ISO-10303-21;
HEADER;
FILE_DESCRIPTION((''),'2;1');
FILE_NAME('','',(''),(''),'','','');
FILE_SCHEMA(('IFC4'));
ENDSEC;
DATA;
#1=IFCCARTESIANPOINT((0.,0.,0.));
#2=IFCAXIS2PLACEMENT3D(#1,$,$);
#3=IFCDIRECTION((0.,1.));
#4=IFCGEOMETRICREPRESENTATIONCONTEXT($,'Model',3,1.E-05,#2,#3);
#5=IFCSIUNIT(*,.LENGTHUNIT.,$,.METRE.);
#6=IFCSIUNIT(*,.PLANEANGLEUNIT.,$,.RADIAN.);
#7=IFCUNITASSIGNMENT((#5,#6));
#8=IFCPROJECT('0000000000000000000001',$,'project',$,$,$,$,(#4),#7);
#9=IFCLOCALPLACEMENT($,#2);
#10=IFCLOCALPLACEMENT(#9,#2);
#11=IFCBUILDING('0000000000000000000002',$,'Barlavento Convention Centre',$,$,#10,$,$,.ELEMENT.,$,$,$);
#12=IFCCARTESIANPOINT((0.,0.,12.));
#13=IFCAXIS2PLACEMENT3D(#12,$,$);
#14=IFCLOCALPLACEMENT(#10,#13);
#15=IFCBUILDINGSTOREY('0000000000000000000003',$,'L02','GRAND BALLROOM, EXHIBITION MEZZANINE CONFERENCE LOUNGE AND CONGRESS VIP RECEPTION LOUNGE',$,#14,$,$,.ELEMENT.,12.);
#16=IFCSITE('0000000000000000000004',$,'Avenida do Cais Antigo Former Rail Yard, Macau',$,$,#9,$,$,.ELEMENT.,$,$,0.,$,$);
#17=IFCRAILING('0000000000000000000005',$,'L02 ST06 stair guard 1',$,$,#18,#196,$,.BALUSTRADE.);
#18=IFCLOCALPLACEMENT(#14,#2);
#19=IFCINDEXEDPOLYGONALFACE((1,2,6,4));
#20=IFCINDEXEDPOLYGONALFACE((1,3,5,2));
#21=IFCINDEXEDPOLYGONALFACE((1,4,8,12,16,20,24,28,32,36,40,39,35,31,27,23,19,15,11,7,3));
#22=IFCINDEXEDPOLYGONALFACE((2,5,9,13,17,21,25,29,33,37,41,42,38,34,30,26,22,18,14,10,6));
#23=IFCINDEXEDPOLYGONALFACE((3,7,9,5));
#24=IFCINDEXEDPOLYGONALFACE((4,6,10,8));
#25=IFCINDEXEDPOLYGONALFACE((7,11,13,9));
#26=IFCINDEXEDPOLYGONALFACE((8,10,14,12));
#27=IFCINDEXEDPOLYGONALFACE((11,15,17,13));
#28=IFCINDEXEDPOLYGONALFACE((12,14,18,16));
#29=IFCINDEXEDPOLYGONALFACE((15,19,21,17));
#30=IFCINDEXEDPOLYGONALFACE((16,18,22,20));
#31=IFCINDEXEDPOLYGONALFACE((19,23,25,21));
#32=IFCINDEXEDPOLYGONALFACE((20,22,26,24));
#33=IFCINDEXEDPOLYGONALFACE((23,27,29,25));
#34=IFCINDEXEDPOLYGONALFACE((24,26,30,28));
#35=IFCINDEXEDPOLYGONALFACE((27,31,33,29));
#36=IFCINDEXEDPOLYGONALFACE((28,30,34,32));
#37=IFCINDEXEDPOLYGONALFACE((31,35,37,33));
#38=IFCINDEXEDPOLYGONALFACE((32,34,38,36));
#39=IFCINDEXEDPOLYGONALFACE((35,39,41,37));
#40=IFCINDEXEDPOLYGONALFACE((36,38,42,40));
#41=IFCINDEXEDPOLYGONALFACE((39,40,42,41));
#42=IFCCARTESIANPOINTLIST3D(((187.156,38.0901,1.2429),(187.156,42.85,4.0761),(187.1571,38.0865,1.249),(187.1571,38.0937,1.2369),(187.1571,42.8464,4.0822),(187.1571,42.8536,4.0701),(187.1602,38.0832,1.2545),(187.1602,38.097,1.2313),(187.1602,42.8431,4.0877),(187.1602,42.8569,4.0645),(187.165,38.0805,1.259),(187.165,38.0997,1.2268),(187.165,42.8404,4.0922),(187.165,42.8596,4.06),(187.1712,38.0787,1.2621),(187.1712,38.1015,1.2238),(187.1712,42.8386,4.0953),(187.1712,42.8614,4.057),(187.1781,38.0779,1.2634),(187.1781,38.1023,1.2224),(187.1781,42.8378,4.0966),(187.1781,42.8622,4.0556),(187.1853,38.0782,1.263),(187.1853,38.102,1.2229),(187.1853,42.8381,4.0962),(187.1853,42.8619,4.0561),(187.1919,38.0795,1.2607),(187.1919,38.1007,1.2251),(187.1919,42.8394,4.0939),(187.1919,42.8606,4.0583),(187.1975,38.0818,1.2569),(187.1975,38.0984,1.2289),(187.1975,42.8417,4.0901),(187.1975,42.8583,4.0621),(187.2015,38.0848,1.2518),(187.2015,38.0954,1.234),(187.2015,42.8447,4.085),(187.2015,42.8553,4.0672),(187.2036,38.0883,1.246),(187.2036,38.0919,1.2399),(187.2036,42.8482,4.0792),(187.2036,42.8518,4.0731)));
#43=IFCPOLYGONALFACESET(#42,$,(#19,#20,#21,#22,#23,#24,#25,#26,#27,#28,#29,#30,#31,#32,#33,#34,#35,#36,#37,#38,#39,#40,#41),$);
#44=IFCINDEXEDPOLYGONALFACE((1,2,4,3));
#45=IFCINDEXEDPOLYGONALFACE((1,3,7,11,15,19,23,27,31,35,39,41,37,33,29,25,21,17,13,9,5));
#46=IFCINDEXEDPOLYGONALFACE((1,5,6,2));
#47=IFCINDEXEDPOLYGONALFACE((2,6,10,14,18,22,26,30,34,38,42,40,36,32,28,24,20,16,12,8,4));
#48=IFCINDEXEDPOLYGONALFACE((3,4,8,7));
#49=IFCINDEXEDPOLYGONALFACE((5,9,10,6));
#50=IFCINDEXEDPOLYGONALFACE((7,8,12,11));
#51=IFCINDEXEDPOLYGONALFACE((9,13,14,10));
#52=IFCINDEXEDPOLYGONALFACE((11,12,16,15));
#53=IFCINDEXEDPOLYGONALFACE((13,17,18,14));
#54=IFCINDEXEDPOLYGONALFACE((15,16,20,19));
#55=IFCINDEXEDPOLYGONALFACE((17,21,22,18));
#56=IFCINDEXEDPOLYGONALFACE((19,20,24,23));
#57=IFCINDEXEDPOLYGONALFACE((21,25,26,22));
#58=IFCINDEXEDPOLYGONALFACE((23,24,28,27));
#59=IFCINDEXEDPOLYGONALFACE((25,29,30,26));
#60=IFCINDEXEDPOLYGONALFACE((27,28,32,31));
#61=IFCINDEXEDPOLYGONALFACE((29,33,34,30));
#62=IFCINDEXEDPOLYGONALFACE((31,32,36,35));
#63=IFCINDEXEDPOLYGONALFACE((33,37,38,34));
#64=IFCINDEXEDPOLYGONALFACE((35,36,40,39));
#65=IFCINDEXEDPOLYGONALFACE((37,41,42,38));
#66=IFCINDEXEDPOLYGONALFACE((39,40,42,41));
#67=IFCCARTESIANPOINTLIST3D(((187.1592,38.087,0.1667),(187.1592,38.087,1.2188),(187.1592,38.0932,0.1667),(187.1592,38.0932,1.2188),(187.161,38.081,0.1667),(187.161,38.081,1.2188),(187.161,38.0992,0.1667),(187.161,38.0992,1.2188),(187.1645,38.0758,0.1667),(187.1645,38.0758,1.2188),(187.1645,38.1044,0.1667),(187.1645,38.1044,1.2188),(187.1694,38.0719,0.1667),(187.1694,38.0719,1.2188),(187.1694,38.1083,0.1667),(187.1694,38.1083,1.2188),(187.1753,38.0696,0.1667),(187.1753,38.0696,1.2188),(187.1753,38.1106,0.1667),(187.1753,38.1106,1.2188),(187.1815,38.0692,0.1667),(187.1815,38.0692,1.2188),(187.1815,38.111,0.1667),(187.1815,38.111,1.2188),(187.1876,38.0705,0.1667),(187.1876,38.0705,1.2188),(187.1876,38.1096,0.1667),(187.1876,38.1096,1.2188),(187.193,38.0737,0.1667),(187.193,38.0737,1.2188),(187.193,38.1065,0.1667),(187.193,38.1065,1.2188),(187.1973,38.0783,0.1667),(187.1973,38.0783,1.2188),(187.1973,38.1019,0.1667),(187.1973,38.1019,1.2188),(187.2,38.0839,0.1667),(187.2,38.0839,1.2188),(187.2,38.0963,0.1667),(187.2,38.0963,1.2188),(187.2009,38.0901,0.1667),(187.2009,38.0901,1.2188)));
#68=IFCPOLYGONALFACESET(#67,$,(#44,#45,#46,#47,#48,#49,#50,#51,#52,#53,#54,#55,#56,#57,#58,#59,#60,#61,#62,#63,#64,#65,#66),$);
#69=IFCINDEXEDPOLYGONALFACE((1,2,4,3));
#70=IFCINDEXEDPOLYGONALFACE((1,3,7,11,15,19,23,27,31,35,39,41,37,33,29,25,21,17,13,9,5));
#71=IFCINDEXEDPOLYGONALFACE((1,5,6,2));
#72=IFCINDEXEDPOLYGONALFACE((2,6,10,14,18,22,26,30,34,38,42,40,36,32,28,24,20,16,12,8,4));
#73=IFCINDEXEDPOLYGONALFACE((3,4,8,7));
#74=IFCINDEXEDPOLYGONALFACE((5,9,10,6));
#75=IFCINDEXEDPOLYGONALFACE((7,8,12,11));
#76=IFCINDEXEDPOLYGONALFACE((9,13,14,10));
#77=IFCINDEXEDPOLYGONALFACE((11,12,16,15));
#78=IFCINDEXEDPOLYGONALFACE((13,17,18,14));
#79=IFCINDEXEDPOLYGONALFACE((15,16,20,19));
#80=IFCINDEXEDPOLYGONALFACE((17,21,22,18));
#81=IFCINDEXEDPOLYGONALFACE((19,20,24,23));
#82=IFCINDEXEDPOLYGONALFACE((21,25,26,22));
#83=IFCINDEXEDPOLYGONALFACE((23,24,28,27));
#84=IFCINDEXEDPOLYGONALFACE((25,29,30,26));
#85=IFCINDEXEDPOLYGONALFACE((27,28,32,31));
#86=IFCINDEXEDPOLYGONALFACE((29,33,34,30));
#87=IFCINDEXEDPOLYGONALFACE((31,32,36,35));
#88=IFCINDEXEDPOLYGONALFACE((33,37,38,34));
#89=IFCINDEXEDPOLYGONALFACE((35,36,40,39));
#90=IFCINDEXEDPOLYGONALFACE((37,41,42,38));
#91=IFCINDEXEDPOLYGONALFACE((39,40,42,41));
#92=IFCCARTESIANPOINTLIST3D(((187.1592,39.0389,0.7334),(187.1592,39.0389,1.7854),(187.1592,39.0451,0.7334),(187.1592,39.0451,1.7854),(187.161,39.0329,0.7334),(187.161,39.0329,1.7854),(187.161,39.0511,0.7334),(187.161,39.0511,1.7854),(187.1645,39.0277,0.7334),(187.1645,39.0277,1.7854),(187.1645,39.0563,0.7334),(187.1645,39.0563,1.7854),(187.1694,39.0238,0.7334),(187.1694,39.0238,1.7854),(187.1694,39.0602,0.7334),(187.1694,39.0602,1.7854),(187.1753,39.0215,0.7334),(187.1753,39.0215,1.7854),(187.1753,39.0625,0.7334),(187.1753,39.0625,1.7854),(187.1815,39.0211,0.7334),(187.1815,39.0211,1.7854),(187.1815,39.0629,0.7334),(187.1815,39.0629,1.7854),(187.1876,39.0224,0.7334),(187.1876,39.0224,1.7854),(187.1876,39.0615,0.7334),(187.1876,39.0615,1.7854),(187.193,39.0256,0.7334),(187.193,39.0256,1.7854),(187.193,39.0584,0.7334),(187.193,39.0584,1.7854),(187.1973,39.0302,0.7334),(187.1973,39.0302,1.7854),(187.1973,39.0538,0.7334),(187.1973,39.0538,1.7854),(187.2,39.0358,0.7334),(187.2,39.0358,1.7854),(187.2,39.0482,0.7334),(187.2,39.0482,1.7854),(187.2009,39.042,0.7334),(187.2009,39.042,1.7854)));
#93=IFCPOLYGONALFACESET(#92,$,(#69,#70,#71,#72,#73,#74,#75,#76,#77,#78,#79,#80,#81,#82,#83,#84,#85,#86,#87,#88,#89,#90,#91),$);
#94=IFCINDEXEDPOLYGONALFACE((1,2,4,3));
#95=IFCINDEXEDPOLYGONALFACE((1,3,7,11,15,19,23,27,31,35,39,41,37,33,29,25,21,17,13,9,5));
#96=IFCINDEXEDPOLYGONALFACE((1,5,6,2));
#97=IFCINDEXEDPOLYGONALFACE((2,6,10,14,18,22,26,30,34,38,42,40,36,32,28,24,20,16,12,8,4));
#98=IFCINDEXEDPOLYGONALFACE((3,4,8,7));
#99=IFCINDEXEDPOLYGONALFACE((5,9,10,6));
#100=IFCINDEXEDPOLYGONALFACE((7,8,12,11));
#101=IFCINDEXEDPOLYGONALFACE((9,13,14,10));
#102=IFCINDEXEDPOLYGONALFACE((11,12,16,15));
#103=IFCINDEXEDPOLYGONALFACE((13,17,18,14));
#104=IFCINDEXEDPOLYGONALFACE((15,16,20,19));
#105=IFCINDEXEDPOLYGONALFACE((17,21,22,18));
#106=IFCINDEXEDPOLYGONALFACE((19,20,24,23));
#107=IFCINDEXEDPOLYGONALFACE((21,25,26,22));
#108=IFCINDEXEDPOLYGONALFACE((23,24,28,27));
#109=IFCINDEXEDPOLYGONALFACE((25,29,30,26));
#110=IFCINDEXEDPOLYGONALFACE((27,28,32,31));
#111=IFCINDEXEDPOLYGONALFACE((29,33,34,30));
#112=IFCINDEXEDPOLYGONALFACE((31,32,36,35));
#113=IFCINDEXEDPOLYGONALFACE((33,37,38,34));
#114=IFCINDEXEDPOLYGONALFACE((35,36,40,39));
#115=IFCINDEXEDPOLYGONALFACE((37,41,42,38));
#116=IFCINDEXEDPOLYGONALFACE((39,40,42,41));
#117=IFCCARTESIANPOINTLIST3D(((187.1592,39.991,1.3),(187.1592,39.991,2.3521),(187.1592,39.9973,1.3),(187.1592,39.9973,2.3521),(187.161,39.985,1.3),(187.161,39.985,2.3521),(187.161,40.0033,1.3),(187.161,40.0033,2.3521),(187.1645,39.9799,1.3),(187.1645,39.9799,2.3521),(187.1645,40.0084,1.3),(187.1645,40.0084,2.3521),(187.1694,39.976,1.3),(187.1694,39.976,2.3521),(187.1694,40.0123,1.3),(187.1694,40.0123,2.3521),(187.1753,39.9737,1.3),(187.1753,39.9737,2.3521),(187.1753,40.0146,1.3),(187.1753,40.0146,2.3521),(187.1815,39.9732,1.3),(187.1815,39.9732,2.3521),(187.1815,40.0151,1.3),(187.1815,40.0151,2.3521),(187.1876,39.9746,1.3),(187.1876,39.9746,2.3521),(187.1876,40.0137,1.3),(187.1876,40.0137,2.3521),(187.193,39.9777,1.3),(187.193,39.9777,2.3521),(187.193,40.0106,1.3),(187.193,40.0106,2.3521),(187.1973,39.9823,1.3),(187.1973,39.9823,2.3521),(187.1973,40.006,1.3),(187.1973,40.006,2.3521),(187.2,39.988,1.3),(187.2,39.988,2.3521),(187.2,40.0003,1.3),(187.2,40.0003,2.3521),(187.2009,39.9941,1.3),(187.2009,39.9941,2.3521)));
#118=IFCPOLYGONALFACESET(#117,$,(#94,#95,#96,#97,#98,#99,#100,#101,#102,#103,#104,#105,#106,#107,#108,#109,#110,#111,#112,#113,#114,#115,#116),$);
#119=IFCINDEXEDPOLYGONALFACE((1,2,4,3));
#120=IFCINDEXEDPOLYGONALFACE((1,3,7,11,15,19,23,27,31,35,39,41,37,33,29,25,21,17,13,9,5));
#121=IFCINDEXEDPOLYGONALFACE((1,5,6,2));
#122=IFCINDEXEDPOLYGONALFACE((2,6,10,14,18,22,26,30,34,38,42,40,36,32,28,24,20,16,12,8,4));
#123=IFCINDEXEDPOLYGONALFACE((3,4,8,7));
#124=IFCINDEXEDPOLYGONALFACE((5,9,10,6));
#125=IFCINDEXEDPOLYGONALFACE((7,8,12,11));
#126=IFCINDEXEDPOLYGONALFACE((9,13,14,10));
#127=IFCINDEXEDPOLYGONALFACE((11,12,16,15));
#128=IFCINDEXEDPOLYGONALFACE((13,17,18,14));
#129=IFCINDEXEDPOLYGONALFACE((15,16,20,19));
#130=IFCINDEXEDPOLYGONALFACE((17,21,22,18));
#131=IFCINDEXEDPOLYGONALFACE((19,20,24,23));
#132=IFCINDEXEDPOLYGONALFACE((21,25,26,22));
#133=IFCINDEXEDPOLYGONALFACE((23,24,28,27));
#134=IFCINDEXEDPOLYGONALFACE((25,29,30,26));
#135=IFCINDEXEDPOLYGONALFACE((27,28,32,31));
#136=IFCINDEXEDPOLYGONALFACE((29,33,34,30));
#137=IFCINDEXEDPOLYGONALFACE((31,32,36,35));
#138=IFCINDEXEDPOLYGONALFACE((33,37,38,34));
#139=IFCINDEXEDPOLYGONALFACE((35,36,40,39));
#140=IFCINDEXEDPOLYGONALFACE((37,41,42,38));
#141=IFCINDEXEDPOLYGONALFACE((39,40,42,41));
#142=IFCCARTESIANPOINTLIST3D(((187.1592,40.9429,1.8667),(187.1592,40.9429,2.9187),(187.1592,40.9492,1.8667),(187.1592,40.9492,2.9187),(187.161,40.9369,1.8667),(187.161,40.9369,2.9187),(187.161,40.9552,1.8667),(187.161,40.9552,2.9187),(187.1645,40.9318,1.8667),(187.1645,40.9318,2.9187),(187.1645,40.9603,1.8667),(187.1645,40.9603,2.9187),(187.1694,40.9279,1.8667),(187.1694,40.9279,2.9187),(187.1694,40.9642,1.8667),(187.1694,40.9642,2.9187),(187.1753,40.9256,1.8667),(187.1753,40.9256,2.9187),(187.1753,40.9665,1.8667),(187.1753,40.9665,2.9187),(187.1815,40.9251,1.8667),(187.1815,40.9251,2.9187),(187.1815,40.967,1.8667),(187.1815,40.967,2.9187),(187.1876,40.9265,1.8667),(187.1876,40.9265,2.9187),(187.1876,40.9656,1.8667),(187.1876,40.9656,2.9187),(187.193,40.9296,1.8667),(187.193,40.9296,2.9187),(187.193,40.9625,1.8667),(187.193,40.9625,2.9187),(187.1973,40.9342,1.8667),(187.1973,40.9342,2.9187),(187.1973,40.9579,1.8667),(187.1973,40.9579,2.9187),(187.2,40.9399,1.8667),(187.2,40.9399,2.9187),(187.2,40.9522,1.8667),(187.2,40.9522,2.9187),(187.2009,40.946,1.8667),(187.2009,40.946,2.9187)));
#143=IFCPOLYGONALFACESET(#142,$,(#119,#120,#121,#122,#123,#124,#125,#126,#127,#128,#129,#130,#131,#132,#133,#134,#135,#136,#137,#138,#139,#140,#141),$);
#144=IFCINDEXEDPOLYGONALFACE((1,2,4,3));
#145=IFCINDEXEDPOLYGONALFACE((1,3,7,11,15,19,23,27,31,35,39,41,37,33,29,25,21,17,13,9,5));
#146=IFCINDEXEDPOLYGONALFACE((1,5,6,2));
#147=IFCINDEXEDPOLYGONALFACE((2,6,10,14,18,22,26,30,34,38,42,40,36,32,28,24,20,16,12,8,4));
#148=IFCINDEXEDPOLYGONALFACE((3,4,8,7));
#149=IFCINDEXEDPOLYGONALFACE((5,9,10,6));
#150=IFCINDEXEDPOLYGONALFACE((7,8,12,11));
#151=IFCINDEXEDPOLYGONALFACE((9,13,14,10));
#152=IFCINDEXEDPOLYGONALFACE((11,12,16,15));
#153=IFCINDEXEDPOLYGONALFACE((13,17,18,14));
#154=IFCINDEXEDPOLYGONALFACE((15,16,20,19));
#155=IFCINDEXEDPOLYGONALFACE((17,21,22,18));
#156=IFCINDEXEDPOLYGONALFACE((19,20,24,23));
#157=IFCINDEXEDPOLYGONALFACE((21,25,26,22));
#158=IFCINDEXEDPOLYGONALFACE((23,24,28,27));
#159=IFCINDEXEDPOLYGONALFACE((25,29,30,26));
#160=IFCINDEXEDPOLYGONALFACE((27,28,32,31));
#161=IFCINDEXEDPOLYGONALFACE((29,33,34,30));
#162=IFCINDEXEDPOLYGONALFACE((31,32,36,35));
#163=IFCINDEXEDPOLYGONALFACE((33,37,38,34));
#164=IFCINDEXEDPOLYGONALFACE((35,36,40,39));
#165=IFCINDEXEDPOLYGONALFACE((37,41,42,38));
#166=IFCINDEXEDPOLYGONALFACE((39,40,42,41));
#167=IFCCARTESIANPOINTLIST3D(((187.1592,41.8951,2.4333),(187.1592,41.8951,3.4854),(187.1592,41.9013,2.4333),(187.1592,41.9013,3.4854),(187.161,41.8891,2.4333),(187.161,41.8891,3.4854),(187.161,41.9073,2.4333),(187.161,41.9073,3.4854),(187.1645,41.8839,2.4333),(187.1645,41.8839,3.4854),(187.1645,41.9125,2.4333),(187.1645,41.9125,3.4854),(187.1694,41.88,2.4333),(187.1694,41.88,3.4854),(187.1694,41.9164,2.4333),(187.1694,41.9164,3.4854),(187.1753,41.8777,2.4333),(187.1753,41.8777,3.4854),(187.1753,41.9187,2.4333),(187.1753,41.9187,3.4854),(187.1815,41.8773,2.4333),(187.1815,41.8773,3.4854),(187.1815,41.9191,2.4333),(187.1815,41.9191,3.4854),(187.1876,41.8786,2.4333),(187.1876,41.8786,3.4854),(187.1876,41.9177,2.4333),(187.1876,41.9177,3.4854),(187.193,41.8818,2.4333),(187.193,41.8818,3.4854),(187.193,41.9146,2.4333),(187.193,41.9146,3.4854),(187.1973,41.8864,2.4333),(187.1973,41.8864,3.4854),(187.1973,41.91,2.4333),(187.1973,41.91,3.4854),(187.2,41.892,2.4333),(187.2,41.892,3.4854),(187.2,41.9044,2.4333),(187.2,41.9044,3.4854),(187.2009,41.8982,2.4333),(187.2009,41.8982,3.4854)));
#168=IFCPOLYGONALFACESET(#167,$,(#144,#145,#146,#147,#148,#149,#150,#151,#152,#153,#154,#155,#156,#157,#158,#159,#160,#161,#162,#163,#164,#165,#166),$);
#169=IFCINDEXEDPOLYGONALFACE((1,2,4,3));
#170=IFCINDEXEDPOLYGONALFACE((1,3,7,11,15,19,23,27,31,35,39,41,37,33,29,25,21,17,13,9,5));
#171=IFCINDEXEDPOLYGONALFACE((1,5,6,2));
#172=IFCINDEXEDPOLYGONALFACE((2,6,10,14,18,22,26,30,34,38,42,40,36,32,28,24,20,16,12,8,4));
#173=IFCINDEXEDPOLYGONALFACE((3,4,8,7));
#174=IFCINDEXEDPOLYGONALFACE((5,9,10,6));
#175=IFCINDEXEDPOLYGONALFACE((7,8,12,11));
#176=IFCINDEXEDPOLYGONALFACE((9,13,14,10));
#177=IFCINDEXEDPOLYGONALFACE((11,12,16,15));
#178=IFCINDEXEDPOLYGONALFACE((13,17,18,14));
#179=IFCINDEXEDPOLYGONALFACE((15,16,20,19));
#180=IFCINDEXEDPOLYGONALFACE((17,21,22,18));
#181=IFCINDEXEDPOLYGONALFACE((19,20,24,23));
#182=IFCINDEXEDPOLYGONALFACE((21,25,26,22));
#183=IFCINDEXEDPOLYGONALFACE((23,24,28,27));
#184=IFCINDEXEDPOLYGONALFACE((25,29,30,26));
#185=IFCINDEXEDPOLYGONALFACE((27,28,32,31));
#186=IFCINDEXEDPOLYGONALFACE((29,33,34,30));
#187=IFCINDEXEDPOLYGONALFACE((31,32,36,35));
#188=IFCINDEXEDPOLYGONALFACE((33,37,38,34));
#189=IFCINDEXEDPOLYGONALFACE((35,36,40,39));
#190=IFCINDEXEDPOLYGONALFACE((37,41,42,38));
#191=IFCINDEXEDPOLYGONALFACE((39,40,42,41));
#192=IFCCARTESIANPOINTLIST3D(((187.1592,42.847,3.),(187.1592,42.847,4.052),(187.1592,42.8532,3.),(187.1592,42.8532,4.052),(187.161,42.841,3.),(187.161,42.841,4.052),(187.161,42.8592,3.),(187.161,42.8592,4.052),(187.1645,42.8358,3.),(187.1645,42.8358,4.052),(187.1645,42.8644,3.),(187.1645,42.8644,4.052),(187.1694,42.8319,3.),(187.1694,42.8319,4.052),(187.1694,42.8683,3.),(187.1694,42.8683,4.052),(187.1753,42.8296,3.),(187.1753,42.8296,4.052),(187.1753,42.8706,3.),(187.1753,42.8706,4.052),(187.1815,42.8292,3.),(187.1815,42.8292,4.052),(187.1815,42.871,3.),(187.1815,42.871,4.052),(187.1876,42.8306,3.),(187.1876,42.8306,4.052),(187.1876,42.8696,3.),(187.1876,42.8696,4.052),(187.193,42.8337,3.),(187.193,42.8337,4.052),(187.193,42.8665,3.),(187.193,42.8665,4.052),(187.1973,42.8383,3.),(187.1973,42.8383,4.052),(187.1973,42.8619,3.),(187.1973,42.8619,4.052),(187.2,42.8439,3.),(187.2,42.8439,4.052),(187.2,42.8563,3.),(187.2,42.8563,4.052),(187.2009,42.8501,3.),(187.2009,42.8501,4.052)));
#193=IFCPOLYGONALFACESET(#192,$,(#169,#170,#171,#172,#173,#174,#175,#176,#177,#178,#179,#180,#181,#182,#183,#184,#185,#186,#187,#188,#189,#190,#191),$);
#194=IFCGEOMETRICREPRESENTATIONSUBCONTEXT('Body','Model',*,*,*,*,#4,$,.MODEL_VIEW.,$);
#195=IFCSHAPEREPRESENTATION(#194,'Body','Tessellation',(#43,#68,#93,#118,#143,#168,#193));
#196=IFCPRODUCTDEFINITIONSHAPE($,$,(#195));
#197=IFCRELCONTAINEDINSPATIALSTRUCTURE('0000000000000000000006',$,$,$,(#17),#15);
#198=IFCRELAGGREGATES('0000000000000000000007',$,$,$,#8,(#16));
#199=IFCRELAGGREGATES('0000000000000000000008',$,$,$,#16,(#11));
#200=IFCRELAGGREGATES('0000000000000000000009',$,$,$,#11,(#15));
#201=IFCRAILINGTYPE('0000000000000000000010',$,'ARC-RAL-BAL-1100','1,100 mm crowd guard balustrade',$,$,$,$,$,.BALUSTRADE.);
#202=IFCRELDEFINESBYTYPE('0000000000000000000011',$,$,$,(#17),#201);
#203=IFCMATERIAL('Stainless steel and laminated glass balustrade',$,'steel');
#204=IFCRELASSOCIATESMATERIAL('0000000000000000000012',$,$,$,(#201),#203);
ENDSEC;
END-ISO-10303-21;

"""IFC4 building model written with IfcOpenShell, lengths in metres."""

from ifc_helpers import new_model, si_unit, direction, frame, origin, origin_2d, place, context, subcontext, project, spatial, circle, extrude, material, type_object, element, save


model = new_model("IFC4")

# Units and contexts
model_context = context("Model", 3, precision=1e-05, world=origin(), true_north=direction((0.0, 1.0)))
body_context = subcontext(model_context, "Body", "Model", "MODEL_VIEW")
ifc_project = project(units=[si_unit("LENGTHUNIT", "METRE"), si_unit("PLANEANGLEUNIT", "RADIAN")], contexts=[model_context])

# Site, building, storey
site_placement = place(None, origin())
site = spatial("IfcSite", under=ifc_project, at=site_placement, Name="Avenida do Cais Antigo Former Rail Yard, Macau", CompositionType="ELEMENT", RefElevation=0.0)
building_placement = place(site_placement, origin())
building = spatial("IfcBuilding", under=site, at=building_placement, Name="Barlavento Convention Centre", CompositionType="ELEMENT")
storey_placement = place(building_placement, frame((0.0, 0.0, 12.0)))
storey = spatial("IfcBuildingStorey", under=building, at=storey_placement, Name="L02", Description="GRAND BALLROOM, EXHIBITION MEZZANINE CONFERENCE LOUNGE AND CONGRESS VIP RECEPTION LOUNGE", CompositionType="ELEMENT", Elevation=12.0)

# Railing
ifc_material_1 = material(Name="Stainless steel and laminated glass balustrade", Category="steel")
railing_type_1 = type_object("IfcRailingType", Name="ARC-RAL-BAL-1100", Description="1,100 mm crowd guard balustrade", PredefinedType="BALUSTRADE", material=ifc_material_1)
railing_1_placement = place(storey_placement, frame((187.1799, 38.0901, 0.1667)))
element("IfcRailing", 1, at=railing_1_placement, inside=storey, type_object=railing_type_1, Name="L02 ST06 stair guard 1", PredefinedType="BALUSTRADE", context=body_context, shape_type="SweptSolid", body=[
    extrude(circle(Radius=0.0239, at=origin_2d()), frame((0.0, 0.0, 1.0762), z_axis=(0.0, 0.8593, 0.511472), x_axis=(-1.0, 0.0, 0.0)), (0.0, 0.0, 1.0), 5.5393),
    extrude(circle(Radius=0.021, at=origin_2d()), origin(), (0.0, 0.0, 1.0), 1.052),
    extrude(circle(Radius=0.021, at=origin_2d()), frame((0.0, 0.9519, 0.5667)), (0.0, 0.0, 1.0), 1.052),
    extrude(circle(Radius=0.021, at=origin_2d()), frame((0.0, 1.9041, 1.1333)), (0.0, 0.0, 1.0), 1.052),
    extrude(circle(Radius=0.021, at=origin_2d()), frame((0.0, 2.856, 1.7)), (0.0, 0.0, 1.0), 1.052),
    extrude(circle(Radius=0.021, at=origin_2d()), frame((0.0, 3.8081, 2.2666)), (0.0, 0.0, 1.0), 1.052),
    extrude(circle(Radius=0.021, at=origin_2d()), frame((0.0, 4.76, 2.8333)), (0.0, 0.0, 1.0), 1.052),
])

save(model, "model.ifc")
